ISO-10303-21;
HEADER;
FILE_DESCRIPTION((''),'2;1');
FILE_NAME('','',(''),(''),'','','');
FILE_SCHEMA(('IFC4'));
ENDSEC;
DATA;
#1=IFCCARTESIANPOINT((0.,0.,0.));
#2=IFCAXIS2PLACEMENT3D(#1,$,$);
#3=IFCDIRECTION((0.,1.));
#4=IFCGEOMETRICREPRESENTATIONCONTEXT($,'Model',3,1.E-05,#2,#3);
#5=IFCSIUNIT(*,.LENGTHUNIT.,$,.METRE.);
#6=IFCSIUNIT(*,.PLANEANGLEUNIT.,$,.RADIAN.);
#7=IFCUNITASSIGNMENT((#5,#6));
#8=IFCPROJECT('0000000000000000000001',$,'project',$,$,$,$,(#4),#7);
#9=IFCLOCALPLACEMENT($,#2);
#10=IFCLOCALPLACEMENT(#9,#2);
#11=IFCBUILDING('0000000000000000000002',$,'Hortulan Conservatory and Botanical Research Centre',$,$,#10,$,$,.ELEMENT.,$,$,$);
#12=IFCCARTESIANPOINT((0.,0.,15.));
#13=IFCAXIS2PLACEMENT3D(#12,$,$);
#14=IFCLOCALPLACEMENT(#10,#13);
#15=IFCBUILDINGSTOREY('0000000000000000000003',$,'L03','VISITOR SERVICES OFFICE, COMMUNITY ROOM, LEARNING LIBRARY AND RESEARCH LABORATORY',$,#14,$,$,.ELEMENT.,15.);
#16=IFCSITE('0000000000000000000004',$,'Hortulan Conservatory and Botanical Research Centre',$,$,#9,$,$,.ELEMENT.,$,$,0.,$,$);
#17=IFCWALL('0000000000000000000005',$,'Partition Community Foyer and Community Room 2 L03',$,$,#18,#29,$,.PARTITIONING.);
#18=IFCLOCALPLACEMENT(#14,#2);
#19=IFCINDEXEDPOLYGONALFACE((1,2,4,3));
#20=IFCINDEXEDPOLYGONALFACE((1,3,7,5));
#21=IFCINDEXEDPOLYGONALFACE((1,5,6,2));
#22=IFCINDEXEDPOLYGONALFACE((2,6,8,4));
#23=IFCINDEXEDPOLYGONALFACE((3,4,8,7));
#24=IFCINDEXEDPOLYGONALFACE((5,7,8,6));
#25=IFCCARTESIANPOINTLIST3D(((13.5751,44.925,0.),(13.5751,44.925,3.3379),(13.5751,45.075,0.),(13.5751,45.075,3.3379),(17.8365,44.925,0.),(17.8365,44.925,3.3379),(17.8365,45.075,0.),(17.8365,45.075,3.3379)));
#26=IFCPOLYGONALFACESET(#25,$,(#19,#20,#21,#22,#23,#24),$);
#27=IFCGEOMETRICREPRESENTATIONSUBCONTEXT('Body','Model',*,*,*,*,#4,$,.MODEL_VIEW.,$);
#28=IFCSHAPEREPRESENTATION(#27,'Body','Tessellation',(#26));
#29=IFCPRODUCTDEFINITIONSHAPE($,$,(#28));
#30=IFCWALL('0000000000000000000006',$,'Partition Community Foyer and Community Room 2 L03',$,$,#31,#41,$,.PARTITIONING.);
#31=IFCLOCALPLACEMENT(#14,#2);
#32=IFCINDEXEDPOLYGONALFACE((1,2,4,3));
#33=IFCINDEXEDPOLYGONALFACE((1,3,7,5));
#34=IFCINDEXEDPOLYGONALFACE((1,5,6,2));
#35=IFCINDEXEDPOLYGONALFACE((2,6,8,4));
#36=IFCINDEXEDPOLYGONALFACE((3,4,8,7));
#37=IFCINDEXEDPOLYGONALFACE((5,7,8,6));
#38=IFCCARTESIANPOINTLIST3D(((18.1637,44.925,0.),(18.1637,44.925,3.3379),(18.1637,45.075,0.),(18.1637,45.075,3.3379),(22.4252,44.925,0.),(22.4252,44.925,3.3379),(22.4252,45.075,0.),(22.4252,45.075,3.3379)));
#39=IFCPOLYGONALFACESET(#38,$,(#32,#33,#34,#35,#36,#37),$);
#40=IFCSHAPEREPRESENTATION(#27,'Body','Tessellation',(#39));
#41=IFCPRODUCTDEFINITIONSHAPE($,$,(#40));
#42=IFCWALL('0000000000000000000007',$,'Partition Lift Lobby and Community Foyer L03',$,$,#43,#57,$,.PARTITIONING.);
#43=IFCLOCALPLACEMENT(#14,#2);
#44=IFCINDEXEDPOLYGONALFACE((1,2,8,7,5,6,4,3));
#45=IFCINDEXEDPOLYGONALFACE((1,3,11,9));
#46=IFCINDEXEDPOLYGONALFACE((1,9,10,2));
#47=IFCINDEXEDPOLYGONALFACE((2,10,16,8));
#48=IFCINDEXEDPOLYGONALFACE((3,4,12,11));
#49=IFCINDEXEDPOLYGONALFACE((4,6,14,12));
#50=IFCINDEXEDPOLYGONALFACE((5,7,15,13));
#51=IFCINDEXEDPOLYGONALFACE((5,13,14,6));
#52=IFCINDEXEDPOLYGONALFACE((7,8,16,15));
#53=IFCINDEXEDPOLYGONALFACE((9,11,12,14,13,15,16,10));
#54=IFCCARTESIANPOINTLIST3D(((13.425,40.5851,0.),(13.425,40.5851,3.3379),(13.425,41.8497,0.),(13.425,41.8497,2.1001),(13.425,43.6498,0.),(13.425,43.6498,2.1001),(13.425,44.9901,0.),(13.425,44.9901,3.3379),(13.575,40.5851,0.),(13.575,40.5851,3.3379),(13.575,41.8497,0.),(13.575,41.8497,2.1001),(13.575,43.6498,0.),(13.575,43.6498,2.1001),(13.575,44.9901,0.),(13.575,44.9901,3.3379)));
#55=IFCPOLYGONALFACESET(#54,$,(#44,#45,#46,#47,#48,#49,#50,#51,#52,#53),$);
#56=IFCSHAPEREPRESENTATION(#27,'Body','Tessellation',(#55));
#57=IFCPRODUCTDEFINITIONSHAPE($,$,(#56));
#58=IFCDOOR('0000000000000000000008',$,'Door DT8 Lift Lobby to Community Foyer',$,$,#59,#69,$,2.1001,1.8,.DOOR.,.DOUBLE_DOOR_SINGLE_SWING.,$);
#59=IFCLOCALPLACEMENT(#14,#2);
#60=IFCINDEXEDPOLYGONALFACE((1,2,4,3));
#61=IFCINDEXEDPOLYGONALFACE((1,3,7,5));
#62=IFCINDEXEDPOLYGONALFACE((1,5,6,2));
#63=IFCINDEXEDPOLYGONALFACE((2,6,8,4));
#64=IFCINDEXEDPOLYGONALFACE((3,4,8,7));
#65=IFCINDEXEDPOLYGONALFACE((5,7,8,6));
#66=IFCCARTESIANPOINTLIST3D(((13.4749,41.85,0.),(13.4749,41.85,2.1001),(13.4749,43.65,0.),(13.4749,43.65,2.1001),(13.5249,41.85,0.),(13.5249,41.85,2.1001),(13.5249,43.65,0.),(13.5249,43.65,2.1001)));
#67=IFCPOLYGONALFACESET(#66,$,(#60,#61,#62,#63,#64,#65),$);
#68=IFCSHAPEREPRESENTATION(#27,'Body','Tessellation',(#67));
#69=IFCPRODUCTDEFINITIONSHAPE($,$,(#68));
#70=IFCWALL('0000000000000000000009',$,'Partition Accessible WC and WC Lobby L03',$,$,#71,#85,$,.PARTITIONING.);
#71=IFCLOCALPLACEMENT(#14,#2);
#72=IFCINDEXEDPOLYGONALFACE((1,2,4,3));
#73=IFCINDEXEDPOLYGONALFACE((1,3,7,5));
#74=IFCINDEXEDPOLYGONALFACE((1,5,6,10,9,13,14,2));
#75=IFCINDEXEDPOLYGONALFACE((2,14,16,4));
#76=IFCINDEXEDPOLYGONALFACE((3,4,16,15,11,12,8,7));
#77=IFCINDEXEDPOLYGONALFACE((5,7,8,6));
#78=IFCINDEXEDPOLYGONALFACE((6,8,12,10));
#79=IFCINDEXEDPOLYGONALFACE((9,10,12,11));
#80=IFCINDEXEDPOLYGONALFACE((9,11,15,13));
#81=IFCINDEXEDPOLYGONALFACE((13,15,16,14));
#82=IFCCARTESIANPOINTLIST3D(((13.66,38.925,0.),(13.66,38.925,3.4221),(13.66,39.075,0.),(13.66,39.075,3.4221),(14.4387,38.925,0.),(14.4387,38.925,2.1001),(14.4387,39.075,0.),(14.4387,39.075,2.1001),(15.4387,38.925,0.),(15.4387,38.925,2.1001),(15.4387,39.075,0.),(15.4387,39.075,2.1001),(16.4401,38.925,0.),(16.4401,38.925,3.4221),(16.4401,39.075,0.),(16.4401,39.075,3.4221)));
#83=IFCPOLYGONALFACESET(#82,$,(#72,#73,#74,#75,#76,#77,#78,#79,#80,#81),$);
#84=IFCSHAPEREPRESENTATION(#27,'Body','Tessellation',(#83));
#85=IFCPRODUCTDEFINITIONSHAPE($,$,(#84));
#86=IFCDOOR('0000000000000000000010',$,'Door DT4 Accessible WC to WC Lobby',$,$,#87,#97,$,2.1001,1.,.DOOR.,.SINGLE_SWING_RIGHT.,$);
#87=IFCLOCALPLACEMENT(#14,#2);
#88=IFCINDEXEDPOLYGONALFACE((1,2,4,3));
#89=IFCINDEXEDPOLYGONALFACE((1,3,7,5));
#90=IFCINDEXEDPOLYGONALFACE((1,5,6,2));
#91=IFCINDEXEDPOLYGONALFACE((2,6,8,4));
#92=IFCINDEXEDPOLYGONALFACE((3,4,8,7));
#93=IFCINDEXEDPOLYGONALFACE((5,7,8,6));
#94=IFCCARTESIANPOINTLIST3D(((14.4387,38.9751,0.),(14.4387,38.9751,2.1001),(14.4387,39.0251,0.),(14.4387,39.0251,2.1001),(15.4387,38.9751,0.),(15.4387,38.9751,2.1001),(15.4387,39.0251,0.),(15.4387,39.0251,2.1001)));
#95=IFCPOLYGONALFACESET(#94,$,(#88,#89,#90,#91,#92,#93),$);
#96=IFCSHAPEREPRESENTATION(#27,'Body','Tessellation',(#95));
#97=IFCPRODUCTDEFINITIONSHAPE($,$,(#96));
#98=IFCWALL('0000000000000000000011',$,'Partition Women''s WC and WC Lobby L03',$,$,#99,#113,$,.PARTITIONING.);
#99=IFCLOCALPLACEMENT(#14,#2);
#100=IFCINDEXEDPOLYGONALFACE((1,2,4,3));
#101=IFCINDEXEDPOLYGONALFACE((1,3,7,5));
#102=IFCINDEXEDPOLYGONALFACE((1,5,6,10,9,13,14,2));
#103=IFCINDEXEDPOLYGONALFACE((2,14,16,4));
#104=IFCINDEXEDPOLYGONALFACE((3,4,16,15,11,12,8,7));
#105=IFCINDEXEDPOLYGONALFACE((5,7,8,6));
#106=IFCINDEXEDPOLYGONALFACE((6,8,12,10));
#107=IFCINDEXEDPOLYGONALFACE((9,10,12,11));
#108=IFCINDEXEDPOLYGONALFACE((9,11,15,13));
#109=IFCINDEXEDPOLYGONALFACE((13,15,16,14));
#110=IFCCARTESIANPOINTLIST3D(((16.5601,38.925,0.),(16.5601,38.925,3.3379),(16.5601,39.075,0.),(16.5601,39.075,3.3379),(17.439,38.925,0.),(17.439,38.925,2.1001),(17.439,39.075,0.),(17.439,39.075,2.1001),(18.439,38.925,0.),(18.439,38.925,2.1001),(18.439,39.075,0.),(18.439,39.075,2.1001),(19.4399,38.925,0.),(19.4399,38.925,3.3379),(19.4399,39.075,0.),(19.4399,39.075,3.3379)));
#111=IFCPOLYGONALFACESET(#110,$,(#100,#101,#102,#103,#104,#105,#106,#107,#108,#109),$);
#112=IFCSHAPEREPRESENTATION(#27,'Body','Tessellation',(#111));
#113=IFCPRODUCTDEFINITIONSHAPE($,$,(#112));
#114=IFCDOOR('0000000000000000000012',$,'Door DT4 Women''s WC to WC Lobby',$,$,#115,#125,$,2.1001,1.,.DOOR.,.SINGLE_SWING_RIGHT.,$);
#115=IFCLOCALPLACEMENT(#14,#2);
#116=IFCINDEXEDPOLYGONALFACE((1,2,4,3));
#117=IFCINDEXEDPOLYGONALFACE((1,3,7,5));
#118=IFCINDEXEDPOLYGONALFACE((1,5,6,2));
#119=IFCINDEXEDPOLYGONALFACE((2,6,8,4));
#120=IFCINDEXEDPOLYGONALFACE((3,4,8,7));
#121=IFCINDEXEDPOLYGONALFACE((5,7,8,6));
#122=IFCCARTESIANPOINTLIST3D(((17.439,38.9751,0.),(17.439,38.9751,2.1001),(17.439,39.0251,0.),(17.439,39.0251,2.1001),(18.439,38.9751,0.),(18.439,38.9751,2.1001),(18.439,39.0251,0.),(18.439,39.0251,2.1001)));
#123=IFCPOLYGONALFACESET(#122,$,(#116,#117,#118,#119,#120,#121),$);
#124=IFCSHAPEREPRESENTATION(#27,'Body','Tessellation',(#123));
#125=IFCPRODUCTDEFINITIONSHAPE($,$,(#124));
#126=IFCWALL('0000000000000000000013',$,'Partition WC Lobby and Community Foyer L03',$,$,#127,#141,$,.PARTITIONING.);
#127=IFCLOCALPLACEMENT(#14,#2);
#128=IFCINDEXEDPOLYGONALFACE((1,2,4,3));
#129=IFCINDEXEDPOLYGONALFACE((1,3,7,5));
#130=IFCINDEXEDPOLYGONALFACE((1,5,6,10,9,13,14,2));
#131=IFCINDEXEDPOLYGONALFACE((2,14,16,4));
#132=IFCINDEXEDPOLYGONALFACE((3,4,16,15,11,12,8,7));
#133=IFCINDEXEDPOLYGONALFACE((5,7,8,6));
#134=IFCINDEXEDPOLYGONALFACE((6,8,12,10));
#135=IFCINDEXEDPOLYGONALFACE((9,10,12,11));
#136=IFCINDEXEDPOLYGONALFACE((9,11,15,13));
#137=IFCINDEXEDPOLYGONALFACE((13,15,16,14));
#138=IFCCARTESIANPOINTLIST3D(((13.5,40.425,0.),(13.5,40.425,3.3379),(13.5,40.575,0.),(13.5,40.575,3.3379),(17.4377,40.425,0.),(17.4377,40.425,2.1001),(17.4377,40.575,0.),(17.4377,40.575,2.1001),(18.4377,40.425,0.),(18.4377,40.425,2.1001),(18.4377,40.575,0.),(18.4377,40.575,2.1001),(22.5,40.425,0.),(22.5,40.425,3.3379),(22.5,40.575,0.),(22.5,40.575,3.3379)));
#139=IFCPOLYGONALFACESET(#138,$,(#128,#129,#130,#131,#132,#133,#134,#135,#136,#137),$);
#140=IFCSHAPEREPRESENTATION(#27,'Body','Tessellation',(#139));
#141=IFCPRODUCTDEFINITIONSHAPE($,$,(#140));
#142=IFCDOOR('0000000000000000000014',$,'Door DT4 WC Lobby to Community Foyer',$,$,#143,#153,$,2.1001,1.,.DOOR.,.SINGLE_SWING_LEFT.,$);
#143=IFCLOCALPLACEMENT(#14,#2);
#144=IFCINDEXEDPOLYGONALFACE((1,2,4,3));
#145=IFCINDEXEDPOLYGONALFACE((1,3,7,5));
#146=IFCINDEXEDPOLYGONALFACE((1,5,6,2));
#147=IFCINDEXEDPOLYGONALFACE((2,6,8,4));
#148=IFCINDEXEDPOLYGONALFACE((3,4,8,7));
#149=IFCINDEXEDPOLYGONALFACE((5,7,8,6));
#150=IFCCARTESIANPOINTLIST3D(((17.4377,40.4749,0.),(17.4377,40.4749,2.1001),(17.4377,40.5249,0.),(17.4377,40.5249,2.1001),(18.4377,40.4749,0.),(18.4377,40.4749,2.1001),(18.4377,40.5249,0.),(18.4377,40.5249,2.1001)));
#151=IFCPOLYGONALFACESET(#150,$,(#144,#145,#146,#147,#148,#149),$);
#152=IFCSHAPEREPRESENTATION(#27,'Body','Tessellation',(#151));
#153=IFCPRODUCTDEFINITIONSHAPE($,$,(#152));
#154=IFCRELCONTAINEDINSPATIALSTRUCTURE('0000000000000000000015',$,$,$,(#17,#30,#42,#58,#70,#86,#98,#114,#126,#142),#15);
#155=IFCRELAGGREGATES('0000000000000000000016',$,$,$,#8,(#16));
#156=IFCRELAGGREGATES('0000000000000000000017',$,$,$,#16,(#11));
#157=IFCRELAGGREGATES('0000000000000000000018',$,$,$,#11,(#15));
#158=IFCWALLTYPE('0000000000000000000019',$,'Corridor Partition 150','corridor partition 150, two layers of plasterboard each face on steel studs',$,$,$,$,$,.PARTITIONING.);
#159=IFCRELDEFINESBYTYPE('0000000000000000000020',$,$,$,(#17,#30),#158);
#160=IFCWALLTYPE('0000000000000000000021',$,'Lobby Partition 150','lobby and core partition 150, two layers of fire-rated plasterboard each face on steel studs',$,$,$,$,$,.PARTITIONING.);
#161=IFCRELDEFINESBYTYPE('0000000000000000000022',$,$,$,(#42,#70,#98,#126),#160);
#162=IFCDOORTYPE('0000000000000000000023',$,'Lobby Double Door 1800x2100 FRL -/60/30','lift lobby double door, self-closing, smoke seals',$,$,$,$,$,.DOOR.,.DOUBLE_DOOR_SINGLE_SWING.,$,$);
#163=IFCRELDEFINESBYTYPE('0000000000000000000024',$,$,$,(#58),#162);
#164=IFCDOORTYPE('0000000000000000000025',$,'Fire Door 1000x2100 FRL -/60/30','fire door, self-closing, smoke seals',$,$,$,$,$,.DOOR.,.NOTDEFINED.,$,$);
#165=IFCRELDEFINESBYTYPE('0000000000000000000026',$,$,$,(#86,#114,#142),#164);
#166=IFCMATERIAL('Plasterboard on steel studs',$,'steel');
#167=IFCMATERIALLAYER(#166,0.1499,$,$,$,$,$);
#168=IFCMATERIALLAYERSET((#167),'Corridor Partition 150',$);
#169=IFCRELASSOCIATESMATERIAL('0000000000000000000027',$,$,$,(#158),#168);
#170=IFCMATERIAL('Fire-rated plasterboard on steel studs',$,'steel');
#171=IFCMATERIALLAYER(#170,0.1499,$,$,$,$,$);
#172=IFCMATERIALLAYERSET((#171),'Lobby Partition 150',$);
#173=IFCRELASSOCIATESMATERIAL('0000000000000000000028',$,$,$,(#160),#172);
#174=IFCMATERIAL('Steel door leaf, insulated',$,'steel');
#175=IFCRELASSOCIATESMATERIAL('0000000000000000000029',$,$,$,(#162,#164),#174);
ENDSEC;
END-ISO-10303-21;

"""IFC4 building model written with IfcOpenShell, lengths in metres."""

from ifc_helpers import new_model, si_unit, direction, frame, frame_2d, origin, place, context, subcontext, project, spatial, rectangle, extrude, material, layer, layer_set, type_object, element, fill, save


model = new_model("IFC4")

# Units and contexts
model_context = context("Model", 3, precision=1e-05, world=origin(), true_north=direction((0.0, 1.0)))
body_context = subcontext(model_context, "Body", "Model", "MODEL_VIEW")
ifc_project = project(units=[si_unit("LENGTHUNIT", "METRE"), si_unit("PLANEANGLEUNIT", "RADIAN")], contexts=[model_context])

# Site, building, storey
site_placement = place(None, origin())
site = spatial("IfcSite", under=ifc_project, at=site_placement, Name="Hortulan Conservatory and Botanical Research Centre", CompositionType="ELEMENT", RefElevation=0.0)
building_placement = place(site_placement, origin())
building = spatial("IfcBuilding", under=site, at=building_placement, Name="Hortulan Conservatory and Botanical Research Centre", CompositionType="ELEMENT")
storey_placement = place(building_placement, frame((0.0, 0.0, 15.0)))
storey = spatial("IfcBuildingStorey", under=building, at=storey_placement, Name="L03", Description="VISITOR SERVICES OFFICE, COMMUNITY ROOM, LEARNING LIBRARY AND RESEARCH LABORATORY", CompositionType="ELEMENT", Elevation=15.0)

# Walls
ifc_material_1 = material(Name="Plasterboard on steel studs", Category="steel")
ifc_layer_1 = layer(ifc_material_1, 0.1499)
ifc_layer_set_1 = layer_set([ifc_layer_1], Name="Corridor Partition 150")
wall_type_1 = type_object("IfcWallType", Name="Corridor Partition 150", Description="corridor partition 150, two layers of plasterboard each face on steel studs", PredefinedType="PARTITIONING", material=ifc_layer_set_1)
for number, where, z_axis, x_axis, name in (
    (1, (13.575, 45.0, 0.0), (0.0, 0.0, 1.0), (1.0, 0.0, 0.0), "Partition Community Foyer and Community Room 2 L03"),
    (2, (18.1636, 45.0, 0.0), (0.0, 0.0, 1.0), (1.0, 0.0, 0.0), "Partition Community Foyer and Community Room 2 L03"),
):
    element("IfcWall", number, at=place(storey_placement, frame(where, z_axis=z_axis, x_axis=x_axis)), inside=storey, type_object=wall_type_1, Name=name, PredefinedType="PARTITIONING", context=body_context, shape_type="SweptSolid", body=[
        extrude(rectangle(XDim=4.2615, YDim=0.1499, at=frame_2d((2.1309, 0.0))), origin(), (0.0, 0.0, 1.0), 3.3379),
    ])

# Walls, openings, doors
ifc_material_2 = material(Name="Fire-rated plasterboard on steel studs", Category="steel")
ifc_layer_2 = layer(ifc_material_2, 0.1499)
ifc_layer_set_2 = layer_set([ifc_layer_2], Name="Lobby Partition 150")
wall_type_2 = type_object("IfcWallType", Name="Lobby Partition 150", Description="lobby and core partition 150, two layers of fire-rated plasterboard each face on steel studs", PredefinedType="PARTITIONING", material=ifc_layer_set_2)
wall_1_placement = place(storey_placement, frame((13.5, 40.585, 0.0), z_axis=(0.0, 0.0, 1.0), x_axis=(0.0, 1.0, 0.0)))
wall_1 = element("IfcWall", 3, at=wall_1_placement, inside=storey, type_object=wall_type_2, Name="Partition Lift Lobby and Community Foyer L03", PredefinedType="PARTITIONING", context=body_context, shape_type="SweptSolid", body=[
    extrude(rectangle(XDim=4.405, YDim=0.1499, at=frame_2d((2.2026, 0.0))), origin(), (0.0, 0.0, 1.0), 3.3379),
])
opening_1_placement = place(wall_1_placement, frame((1.2649, 0.0, 0.0)))
opening_1 = element("IfcOpeningElement", 4, at=opening_1_placement, cuts=wall_1, PredefinedType="OPENING", context=body_context, shape_type="SweptSolid", body=[
    extrude(rectangle(XDim=1.8, YDim=2.1001, at=frame_2d((0.8999, 1.05))), frame((0.0, 0.085, 0.0), z_axis=(0.0, -1.0, 0.0), x_axis=(1.0, 0.0, 0.0)), (0.0, 0.0, 1.0), 0.1699),
])
ifc_material_3 = material(Name="Steel door leaf, insulated", Category="steel")
door_type_1 = type_object("IfcDoorType", Name="Lobby Double Door 1800x2100 FRL -/60/30", Description="lift lobby double door, self-closing, smoke seals", OperationType="DOUBLE_DOOR_SINGLE_SWING", PredefinedType="DOOR", material=ifc_material_3)
door_1_placement = place(opening_1_placement, frame((1.8, 0.0, 0.0), z_axis=(0.0, 0.0, 1.0), x_axis=(-1.0, 0.0, 0.0)))
door_1 = element("IfcDoor", 5, at=door_1_placement, inside=storey, type_object=door_type_1, Name="Door DT8 Lift Lobby to Community Foyer", OperationType="DOUBLE_DOOR_SINGLE_SWING", OverallHeight=2.1001, OverallWidth=1.8, PredefinedType="DOOR", context=body_context, shape_type="SweptSolid", body=[
    extrude(rectangle(XDim=1.8, YDim=2.1001, at=frame_2d((0.8999, 1.05))), frame((0.0, 0.0249, 0.0), z_axis=(0.0, -1.0, 0.0), x_axis=(1.0, 0.0, 0.0)), (0.0, 0.0, 1.0), 0.05),
])
fill(opening_1, door_1)
wall_2_placement = place(storey_placement, frame((13.6599, 39.0, 0.0), z_axis=(0.0, 0.0, 1.0), x_axis=(1.0, 0.0, 0.0)))
wall_2 = element("IfcWall", 6, at=wall_2_placement, inside=storey, type_object=wall_type_2, Name="Partition Accessible WC and WC Lobby L03", PredefinedType="PARTITIONING", context=body_context, shape_type="SweptSolid", body=[
    extrude(rectangle(XDim=2.78, YDim=0.1499, at=frame_2d((1.3901, 0.0))), origin(), (0.0, 0.0, 1.0), 3.4221),
])
opening_2_placement = place(wall_2_placement, frame((0.7788, 0.0, 0.0)))
opening_2 = element("IfcOpeningElement", 7, at=opening_2_placement, cuts=wall_2, PredefinedType="OPENING", context=body_context, shape_type="SweptSolid", body=[
    extrude(rectangle(XDim=1.0, YDim=2.1001, at=frame_2d((0.5, 1.05))), frame((0.0, 0.085, 0.0), z_axis=(0.0, -1.0, 0.0), x_axis=(1.0, 0.0, 0.0)), (0.0, 0.0, 1.0), 0.1699),
])
door_type_2 = type_object("IfcDoorType", Name="Fire Door 1000x2100 FRL -/60/30", Description="fire door, self-closing, smoke seals", OperationType="NOTDEFINED", PredefinedType="DOOR", material=ifc_material_3)
door_2_placement = place(opening_2_placement, frame((1.0, 0.0, 0.0), z_axis=(0.0, 0.0, 1.0), x_axis=(-1.0, 0.0, 0.0)))
door_2 = element("IfcDoor", 8, at=door_2_placement, inside=storey, type_object=door_type_2, Name="Door DT4 Accessible WC to WC Lobby", OperationType="SINGLE_SWING_RIGHT", OverallHeight=2.1001, OverallWidth=1.0, PredefinedType="DOOR", context=body_context, shape_type="SweptSolid", body=[
    extrude(rectangle(XDim=1.0, YDim=2.1001, at=frame_2d((0.5, 1.05))), frame((0.0, 0.0249, 0.0), z_axis=(0.0, -1.0, 0.0), x_axis=(1.0, 0.0, 0.0)), (0.0, 0.0, 1.0), 0.05),
])
fill(opening_2, door_2)
wall_3_placement = place(storey_placement, frame((16.5601, 39.0, 0.0), z_axis=(0.0, 0.0, 1.0), x_axis=(1.0, 0.0, 0.0)))
wall_3 = element("IfcWall", 9, at=wall_3_placement, inside=storey, type_object=wall_type_2, Name="Partition Women's WC and WC Lobby L03", PredefinedType="PARTITIONING", context=body_context, shape_type="SweptSolid", body=[
    extrude(rectangle(XDim=2.8799, YDim=0.1499, at=frame_2d((1.4399, 0.0))), origin(), (0.0, 0.0, 1.0), 3.3379),
])
opening_3_placement = place(wall_3_placement, frame((0.8789, 0.0, 0.0)))
opening_3 = element("IfcOpeningElement", 10, at=opening_3_placement, cuts=wall_3, PredefinedType="OPENING", context=body_context, shape_type="SweptSolid", body=[
    extrude(rectangle(XDim=1.0, YDim=2.1001, at=frame_2d((0.5, 1.05))), frame((0.0, 0.085, 0.0), z_axis=(0.0, -1.0, 0.0), x_axis=(1.0, 0.0, 0.0)), (0.0, 0.0, 1.0), 0.1699),
])
door_3_placement = place(opening_3_placement, frame((1.0, 0.0, 0.0), z_axis=(0.0, 0.0, 1.0), x_axis=(-1.0, 0.0, 0.0)))
door_3 = element("IfcDoor", 11, at=door_3_placement, inside=storey, type_object=door_type_2, Name="Door DT4 Women's WC to WC Lobby", OperationType="SINGLE_SWING_RIGHT", OverallHeight=2.1001, OverallWidth=1.0, PredefinedType="DOOR", context=body_context, shape_type="SweptSolid", body=[
    extrude(rectangle(XDim=1.0, YDim=2.1001, at=frame_2d((0.5, 1.05))), frame((0.0, 0.0249, 0.0), z_axis=(0.0, -1.0, 0.0), x_axis=(1.0, 0.0, 0.0)), (0.0, 0.0, 1.0), 0.05),
])
fill(opening_3, door_3)
wall_4_placement = place(storey_placement, frame((13.5, 40.5, 0.0), z_axis=(0.0, 0.0, 1.0), x_axis=(1.0, 0.0, 0.0)))
wall_4 = element("IfcWall", 12, at=wall_4_placement, inside=storey, type_object=wall_type_2, Name="Partition WC Lobby and Community Foyer L03", PredefinedType="PARTITIONING", context=body_context, shape_type="SweptSolid", body=[
    extrude(rectangle(XDim=9.0, YDim=0.1499, at=frame_2d((4.5, 0.0))), origin(), (0.0, 0.0, 1.0), 3.3379),
])
opening_4_placement = place(wall_4_placement, frame((3.9377, 0.0, 0.0)))
opening_4 = element("IfcOpeningElement", 13, at=opening_4_placement, cuts=wall_4, PredefinedType="OPENING", context=body_context, shape_type="SweptSolid", body=[
    extrude(rectangle(XDim=1.0, YDim=2.1001, at=frame_2d((0.5, 1.05))), frame((0.0, 0.085, 0.0), z_axis=(0.0, -1.0, 0.0), x_axis=(1.0, 0.0, 0.0)), (0.0, 0.0, 1.0), 0.1699),
])
door_4_placement = place(opening_4_placement, origin())
door_4 = element("IfcDoor", 14, at=door_4_placement, inside=storey, type_object=door_type_2, Name="Door DT4 WC Lobby to Community Foyer", OperationType="SINGLE_SWING_LEFT", OverallHeight=2.1001, OverallWidth=1.0, PredefinedType="DOOR", context=body_context, shape_type="SweptSolid", body=[
    extrude(rectangle(XDim=1.0, YDim=2.1001, at=frame_2d((0.5, 1.05))), frame((0.0, 0.0249, 0.0), z_axis=(0.0, -1.0, 0.0), x_axis=(1.0, 0.0, 0.0)), (0.0, 0.0, 1.0), 0.05),
])
fill(opening_4, door_4)

save(model, "model.ifc")
